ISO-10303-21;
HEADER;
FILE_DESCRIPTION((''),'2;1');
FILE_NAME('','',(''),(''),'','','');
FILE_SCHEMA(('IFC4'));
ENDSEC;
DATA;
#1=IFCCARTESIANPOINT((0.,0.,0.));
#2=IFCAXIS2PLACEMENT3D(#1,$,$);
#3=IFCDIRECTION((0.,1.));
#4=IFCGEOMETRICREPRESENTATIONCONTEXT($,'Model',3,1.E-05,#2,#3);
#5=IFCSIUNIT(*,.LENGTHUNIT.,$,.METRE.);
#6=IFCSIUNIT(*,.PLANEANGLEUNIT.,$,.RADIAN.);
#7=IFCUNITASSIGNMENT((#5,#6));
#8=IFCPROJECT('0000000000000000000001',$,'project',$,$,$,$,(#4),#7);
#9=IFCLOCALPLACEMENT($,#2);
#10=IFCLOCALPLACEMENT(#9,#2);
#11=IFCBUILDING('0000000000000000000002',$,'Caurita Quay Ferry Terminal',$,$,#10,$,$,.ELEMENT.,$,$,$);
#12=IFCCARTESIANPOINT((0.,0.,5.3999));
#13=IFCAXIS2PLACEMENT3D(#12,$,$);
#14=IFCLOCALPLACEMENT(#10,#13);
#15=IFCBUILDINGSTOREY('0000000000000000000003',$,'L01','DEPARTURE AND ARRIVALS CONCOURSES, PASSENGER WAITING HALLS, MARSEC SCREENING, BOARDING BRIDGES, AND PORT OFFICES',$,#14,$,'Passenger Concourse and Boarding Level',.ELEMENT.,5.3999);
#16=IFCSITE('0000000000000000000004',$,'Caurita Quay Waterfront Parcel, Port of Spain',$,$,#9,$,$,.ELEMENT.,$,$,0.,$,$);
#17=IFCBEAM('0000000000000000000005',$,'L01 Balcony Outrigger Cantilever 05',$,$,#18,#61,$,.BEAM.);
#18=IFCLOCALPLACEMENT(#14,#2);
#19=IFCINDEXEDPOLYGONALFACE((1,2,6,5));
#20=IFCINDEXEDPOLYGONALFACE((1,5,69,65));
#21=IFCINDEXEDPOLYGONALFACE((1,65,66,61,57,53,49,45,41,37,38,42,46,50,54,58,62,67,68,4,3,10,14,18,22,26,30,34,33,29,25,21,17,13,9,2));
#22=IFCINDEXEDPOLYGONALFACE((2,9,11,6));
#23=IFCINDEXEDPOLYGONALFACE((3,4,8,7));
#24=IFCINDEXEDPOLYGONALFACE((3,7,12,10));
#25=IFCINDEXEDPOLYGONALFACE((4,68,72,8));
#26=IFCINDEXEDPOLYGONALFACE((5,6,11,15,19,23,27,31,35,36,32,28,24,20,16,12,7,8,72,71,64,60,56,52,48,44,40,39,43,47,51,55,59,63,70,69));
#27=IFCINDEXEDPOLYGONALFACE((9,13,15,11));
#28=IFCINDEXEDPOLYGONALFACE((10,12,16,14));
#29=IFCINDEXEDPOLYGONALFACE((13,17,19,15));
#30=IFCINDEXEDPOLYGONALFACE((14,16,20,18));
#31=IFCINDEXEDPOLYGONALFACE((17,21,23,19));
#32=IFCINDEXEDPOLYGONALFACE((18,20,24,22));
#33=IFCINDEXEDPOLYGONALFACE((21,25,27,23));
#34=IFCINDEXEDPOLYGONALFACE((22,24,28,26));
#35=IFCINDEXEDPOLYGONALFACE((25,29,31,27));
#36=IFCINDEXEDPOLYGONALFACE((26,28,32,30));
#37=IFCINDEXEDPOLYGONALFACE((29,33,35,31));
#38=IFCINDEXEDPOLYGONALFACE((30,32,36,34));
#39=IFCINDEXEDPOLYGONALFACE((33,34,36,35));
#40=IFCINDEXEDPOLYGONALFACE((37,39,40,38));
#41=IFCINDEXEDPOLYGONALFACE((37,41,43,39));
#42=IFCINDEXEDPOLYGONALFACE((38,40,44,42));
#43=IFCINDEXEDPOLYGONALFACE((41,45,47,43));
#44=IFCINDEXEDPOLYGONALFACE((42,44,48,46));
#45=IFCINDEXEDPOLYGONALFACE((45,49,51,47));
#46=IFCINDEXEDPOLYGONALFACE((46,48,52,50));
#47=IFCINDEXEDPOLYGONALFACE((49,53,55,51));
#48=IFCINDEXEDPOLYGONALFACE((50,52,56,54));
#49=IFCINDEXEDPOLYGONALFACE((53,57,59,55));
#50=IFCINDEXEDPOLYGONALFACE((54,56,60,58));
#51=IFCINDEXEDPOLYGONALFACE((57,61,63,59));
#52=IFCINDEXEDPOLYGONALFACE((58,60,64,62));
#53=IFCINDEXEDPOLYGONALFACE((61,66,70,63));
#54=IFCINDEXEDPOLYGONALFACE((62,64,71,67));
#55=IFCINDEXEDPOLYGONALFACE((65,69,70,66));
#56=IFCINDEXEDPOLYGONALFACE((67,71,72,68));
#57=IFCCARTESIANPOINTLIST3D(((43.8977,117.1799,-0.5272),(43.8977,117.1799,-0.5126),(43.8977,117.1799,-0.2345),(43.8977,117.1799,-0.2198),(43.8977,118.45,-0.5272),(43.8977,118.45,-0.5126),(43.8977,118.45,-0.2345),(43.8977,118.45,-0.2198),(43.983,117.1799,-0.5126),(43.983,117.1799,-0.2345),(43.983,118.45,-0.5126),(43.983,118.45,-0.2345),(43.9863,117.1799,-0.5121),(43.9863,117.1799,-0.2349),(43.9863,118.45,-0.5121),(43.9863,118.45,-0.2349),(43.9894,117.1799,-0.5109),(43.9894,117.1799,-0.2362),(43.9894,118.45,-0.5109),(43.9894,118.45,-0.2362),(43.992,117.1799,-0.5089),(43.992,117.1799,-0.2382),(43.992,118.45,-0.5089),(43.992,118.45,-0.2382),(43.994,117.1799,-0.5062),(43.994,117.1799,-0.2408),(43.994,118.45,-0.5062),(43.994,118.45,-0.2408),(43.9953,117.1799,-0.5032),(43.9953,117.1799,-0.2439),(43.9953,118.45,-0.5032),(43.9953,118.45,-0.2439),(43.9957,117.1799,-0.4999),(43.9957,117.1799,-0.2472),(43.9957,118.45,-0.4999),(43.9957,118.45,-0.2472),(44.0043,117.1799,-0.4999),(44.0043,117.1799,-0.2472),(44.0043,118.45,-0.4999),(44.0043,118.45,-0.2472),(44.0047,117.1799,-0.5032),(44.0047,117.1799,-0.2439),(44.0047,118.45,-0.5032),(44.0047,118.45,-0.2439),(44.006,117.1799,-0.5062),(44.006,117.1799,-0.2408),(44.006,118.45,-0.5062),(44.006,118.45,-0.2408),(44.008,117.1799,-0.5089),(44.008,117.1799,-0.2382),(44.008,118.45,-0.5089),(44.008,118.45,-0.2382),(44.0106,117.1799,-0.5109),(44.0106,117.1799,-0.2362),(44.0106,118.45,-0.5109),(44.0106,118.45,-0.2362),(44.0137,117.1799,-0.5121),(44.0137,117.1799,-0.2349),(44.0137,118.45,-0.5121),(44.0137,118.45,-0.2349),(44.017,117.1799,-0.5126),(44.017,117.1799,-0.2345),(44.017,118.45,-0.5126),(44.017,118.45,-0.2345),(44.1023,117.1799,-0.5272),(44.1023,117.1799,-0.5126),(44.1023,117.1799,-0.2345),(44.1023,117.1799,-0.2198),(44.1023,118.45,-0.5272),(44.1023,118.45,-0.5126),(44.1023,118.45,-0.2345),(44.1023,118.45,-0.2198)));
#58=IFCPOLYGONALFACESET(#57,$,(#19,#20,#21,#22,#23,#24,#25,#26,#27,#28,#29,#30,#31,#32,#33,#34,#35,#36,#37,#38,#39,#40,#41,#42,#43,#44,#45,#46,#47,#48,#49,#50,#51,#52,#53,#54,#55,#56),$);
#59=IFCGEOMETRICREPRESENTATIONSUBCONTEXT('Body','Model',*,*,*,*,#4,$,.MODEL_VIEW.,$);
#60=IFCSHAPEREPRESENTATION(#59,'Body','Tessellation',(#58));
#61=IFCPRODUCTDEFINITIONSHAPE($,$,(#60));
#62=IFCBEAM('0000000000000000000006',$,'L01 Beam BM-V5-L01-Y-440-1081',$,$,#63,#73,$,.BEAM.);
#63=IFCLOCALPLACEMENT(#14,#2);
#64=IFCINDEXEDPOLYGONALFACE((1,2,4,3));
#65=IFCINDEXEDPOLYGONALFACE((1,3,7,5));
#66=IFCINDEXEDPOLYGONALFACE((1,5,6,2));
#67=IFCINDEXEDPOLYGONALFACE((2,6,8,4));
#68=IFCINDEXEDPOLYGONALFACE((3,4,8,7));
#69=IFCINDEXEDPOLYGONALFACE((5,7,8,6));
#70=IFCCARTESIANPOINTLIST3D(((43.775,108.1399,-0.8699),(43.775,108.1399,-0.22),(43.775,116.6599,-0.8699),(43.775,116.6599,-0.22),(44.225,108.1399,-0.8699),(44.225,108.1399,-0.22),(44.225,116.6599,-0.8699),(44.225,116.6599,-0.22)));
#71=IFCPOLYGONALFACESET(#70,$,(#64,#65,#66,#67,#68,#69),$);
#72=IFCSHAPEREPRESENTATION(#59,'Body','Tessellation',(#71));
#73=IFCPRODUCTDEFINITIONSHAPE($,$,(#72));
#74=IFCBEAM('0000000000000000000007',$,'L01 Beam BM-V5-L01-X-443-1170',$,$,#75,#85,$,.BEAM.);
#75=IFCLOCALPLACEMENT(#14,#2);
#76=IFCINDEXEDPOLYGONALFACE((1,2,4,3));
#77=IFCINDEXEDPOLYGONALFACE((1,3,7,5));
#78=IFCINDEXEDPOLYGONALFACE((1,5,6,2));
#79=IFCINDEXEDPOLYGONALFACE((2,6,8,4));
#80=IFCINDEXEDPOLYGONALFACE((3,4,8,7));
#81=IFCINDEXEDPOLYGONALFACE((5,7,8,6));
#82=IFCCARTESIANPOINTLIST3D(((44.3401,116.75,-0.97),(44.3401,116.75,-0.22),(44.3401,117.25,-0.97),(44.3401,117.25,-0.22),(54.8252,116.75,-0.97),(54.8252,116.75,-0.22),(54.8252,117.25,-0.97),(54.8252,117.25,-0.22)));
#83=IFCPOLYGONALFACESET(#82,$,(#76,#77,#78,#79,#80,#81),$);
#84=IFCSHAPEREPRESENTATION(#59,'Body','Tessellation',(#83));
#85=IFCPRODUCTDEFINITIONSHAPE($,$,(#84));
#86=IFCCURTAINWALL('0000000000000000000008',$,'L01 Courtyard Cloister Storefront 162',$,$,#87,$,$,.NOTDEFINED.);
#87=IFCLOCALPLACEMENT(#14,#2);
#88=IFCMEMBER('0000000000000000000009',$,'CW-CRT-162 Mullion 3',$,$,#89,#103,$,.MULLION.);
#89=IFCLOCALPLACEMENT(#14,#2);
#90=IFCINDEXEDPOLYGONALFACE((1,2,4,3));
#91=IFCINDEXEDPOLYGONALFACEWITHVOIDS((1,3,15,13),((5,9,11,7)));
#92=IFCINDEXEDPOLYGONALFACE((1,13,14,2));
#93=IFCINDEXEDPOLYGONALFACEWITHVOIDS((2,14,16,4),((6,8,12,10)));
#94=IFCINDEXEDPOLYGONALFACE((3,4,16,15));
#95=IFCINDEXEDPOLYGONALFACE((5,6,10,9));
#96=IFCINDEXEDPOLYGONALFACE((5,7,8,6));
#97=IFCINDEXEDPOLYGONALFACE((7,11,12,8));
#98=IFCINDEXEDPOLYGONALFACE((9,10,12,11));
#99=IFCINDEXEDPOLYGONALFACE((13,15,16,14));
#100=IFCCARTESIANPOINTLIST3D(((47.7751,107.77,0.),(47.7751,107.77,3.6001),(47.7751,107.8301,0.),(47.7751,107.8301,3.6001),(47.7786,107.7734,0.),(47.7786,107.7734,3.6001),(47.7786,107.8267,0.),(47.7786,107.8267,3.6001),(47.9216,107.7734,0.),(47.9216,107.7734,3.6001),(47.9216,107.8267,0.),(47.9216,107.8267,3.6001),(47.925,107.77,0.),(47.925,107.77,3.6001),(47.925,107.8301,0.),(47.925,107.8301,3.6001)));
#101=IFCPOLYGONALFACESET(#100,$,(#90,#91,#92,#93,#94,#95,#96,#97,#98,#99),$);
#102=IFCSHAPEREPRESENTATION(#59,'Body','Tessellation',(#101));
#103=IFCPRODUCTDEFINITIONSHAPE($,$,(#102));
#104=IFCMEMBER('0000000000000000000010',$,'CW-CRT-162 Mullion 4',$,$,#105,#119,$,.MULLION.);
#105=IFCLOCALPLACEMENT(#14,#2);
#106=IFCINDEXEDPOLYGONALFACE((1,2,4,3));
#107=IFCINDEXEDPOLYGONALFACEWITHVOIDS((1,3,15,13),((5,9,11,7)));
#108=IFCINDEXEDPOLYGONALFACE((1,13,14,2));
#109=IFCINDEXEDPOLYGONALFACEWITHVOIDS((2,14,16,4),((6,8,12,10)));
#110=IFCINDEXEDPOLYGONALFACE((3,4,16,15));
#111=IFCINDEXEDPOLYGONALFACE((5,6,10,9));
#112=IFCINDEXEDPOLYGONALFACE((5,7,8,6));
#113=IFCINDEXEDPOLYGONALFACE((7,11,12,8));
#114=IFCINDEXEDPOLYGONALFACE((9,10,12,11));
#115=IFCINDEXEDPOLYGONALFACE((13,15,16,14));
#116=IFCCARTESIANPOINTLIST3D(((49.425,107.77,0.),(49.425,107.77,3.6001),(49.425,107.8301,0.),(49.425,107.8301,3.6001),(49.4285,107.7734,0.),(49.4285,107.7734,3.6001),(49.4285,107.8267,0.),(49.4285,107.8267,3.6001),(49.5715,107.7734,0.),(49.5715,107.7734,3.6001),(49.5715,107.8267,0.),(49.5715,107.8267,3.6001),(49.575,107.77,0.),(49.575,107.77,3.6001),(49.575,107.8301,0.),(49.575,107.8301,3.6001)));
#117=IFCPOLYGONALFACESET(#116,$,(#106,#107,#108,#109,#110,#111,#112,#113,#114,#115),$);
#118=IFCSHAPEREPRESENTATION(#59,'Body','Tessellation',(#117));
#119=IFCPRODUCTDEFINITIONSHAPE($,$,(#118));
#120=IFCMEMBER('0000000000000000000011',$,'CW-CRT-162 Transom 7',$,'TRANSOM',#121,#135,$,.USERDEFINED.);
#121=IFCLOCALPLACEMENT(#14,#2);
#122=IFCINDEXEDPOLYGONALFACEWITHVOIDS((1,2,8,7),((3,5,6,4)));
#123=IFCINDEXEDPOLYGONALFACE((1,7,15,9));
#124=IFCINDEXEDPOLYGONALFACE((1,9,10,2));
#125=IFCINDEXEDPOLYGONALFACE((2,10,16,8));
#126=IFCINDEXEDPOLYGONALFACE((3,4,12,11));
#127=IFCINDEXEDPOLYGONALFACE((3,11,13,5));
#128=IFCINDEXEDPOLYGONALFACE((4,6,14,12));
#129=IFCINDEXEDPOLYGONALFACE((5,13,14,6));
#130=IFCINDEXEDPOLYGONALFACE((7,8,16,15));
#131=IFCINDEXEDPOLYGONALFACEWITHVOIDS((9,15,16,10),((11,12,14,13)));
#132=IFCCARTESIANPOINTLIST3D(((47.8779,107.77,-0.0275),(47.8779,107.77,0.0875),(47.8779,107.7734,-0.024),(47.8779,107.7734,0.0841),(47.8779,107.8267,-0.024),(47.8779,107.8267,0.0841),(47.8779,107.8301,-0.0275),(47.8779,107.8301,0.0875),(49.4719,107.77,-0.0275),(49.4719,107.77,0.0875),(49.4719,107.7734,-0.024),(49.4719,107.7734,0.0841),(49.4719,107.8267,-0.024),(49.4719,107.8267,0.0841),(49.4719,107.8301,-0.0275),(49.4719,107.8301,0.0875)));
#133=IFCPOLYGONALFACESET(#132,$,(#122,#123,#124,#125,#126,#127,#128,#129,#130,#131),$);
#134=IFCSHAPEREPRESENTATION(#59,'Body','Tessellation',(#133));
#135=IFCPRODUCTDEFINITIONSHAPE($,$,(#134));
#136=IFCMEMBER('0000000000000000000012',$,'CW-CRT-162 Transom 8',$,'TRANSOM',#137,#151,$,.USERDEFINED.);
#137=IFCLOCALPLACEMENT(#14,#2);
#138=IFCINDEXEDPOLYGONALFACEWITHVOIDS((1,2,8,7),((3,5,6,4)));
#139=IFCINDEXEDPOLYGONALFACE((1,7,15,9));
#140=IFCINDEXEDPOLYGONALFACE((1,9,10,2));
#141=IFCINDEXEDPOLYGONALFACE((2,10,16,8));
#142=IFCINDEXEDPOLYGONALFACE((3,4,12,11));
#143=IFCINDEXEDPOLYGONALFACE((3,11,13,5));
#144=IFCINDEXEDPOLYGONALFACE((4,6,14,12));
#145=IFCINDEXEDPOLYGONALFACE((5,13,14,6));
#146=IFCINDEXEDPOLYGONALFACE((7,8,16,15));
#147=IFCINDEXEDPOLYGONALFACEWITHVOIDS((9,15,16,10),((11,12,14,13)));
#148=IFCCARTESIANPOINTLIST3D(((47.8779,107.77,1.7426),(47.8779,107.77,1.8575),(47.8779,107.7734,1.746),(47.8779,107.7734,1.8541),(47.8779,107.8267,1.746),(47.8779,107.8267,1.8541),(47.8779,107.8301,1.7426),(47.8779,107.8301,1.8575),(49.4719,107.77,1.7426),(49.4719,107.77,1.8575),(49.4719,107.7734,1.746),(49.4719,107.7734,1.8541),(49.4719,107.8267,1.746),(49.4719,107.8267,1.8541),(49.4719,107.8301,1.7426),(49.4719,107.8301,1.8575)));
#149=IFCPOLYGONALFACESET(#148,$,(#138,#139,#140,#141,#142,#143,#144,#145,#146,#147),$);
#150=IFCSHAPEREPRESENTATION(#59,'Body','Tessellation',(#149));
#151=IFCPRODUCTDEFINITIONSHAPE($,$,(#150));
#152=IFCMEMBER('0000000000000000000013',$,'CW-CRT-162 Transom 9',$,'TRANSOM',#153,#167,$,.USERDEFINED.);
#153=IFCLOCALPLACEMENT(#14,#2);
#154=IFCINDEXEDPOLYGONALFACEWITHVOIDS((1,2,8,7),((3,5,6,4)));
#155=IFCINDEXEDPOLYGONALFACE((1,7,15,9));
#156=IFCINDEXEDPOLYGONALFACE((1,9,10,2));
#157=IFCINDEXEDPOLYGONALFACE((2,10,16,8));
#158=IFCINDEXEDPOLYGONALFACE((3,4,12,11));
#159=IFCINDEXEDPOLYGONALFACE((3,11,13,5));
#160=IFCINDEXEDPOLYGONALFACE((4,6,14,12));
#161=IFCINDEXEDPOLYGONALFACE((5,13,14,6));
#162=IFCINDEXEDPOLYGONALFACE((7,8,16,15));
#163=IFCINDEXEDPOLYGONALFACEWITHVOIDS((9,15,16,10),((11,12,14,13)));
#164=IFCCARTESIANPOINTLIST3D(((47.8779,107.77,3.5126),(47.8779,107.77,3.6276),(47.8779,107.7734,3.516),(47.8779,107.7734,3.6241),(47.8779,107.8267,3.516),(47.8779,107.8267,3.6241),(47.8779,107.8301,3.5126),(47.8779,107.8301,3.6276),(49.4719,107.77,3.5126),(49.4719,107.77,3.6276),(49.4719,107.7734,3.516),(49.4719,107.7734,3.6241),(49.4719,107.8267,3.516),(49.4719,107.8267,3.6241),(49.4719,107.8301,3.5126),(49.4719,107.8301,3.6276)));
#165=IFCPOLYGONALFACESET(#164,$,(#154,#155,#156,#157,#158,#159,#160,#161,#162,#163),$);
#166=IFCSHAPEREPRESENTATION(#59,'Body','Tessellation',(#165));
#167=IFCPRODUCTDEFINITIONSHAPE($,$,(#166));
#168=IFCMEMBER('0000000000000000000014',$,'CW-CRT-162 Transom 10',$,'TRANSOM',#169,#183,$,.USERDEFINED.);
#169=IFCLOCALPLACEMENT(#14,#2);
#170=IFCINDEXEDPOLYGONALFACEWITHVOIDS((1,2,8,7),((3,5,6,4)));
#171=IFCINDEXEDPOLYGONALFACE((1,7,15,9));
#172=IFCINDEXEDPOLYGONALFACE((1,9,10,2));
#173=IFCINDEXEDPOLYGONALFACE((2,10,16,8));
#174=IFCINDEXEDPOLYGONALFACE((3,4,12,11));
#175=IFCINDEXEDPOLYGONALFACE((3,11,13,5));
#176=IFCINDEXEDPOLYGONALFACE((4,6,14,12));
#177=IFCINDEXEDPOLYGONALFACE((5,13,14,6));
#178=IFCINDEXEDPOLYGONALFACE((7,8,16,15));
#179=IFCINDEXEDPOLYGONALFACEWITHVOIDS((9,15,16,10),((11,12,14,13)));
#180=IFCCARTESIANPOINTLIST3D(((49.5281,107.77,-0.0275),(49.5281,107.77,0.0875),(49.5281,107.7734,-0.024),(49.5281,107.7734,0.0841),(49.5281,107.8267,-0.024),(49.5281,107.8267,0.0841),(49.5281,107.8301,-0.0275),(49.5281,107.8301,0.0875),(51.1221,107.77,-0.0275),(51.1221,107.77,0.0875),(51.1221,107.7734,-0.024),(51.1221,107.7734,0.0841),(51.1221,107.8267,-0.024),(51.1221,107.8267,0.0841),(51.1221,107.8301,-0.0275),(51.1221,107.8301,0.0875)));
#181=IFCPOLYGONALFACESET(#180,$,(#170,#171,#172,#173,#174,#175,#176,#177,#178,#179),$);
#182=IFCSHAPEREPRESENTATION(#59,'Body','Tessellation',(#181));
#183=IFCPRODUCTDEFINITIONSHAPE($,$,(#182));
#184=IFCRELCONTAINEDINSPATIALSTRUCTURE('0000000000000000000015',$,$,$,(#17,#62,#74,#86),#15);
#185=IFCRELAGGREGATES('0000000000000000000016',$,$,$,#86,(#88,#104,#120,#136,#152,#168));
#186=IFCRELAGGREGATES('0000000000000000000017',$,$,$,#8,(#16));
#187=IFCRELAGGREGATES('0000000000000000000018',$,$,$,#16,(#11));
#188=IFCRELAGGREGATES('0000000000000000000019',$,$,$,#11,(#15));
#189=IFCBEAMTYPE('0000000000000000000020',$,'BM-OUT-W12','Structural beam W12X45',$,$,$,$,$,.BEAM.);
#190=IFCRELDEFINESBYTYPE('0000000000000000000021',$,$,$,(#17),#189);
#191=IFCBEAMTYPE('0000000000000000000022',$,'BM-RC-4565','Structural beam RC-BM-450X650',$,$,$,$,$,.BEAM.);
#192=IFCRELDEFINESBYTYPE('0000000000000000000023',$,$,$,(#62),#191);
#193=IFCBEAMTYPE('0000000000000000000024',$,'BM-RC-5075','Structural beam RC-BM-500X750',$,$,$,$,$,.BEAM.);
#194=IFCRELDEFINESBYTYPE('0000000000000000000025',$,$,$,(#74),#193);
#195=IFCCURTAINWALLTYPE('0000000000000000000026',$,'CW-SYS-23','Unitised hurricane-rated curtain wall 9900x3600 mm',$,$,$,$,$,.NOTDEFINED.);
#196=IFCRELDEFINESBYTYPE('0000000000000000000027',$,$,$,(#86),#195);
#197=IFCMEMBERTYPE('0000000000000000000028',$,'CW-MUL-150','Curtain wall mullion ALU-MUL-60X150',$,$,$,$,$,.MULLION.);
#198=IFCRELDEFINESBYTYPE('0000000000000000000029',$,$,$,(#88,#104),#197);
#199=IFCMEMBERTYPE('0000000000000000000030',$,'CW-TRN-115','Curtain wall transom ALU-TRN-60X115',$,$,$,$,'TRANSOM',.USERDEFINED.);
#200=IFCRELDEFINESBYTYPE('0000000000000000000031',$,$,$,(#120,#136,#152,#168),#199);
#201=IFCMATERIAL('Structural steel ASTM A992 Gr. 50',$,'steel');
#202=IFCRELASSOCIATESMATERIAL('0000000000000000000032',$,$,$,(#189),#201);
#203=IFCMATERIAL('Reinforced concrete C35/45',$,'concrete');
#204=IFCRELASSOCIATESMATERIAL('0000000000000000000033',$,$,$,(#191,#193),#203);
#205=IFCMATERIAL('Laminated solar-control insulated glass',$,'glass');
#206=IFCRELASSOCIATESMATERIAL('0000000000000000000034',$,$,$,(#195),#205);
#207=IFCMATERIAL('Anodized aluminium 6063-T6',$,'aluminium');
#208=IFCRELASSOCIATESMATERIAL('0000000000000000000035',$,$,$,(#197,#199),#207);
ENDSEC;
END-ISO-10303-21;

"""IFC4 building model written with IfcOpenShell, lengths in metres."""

from ifc_helpers import new_model, si_unit, direction, frame, origin, origin_2d, place, context, subcontext, project, spatial, rectangle, hollow_rectangle, i_section, extrude, material, material_profile, profile_set, type_object, element, aggregate, save


model = new_model("IFC4")

# Units and contexts
model_context = context("Model", 3, precision=1e-05, world=origin(), true_north=direction((0.0, 1.0)))
body_context = subcontext(model_context, "Body", "Model", "MODEL_VIEW")
ifc_project = project(units=[si_unit("LENGTHUNIT", "METRE"), si_unit("PLANEANGLEUNIT", "RADIAN")], contexts=[model_context])

# Site, building, storey
site_placement = place(None, origin())
site = spatial("IfcSite", under=ifc_project, at=site_placement, Name="Caurita Quay Waterfront Parcel, Port of Spain", CompositionType="ELEMENT", RefElevation=0.0)
building_placement = place(site_placement, origin())
building = spatial("IfcBuilding", under=site, at=building_placement, Name="Caurita Quay Ferry Terminal", CompositionType="ELEMENT")
storey_placement = place(building_placement, frame((0.0, 0.0, 5.3999)))
storey = spatial("IfcBuildingStorey", under=building, at=storey_placement, Name="L01", Description="DEPARTURE AND ARRIVALS CONCOURSES, PASSENGER WAITING HALLS, MARSEC SCREENING, BOARDING BRIDGES, AND PORT OFFICES", LongName="Passenger Concourse and Boarding Level", CompositionType="ELEMENT", Elevation=5.3999)

# Shared definitions
ifc_material_1 = material(Name="Reinforced concrete C35/45", Category="concrete")

# Beams
ifc_material_2 = material(Name="Structural steel ASTM A992 Gr. 50", Category="steel")
ifc_material_profile_1 = material_profile(ifc_material_2, i_section(OverallWidth=0.2046, OverallDepth=0.3074, WebThickness=0.0085, FlangeThickness=0.0146, FilletRadius=0.0127, at=origin_2d()), Name="W12X45")
ifc_profile_set_1 = profile_set([ifc_material_profile_1], Name="Structural steel ASTM A992 Gr. 50")
beam_type_1 = type_object("IfcBeamType", Name="BM-OUT-W12", Description="Structural beam W12X45", PredefinedType="BEAM", material=ifc_profile_set_1)
beam_1_placement = place(storey_placement, frame((44.0, 117.1799, -0.3735), z_axis=(0.0, 1.0, 0.0), x_axis=(-1.0, 0.0, 0.0)))
element("IfcBeam", 1, at=beam_1_placement, inside=storey, type_object=beam_type_1, Name="L01 Balcony Outrigger Cantilever 05", PredefinedType="BEAM", context=body_context, shape_type="SweptSolid", body=[
    extrude(i_section(OverallWidth=0.2046, OverallDepth=0.3074, WebThickness=0.0085, FlangeThickness=0.0146, FilletRadius=0.0127, at=origin_2d()), origin(), (0.0, 0.0, 1.0), 1.27),
])
ifc_material_profile_2 = material_profile(ifc_material_1, rectangle(XDim=0.45, YDim=0.6499, at=origin_2d()), Name="RC-BM-450X650")
ifc_profile_set_2 = profile_set([ifc_material_profile_2], Name="Reinforced concrete C35/45")
beam_type_2 = type_object("IfcBeamType", Name="BM-RC-4565", Description="Structural beam RC-BM-450X650", PredefinedType="BEAM", material=ifc_profile_set_2)
beam_2_placement = place(storey_placement, frame((44.0, 108.1399, -0.5449), z_axis=(0.0, 1.0, 0.0), x_axis=(-1.0, 0.0, 0.0)))
element("IfcBeam", 2, at=beam_2_placement, inside=storey, type_object=beam_type_2, Name="L01 Beam BM-V5-L01-Y-440-1081", PredefinedType="BEAM", context=body_context, shape_type="SweptSolid", body=[
    extrude(rectangle(XDim=0.45, YDim=0.6499, at=origin_2d()), origin(), (0.0, 0.0, 1.0), 8.52),
])
ifc_material_profile_3 = material_profile(ifc_material_1, rectangle(XDim=0.5, YDim=0.75, at=origin_2d()), Name="RC-BM-500X750")
ifc_profile_set_3 = profile_set([ifc_material_profile_3], Name="Reinforced concrete C35/45")
beam_type_3 = type_object("IfcBeamType", Name="BM-RC-5075", Description="Structural beam RC-BM-500X750", PredefinedType="BEAM", material=ifc_profile_set_3)
beam_3_placement = place(storey_placement, frame((44.3401, 117.0, -0.595), z_axis=(1.0, 0.0, 0.0), x_axis=(0.0, 1.0, 0.0)))
element("IfcBeam", 3, at=beam_3_placement, inside=storey, type_object=beam_type_3, Name="L01 Beam BM-V5-L01-X-443-1170", PredefinedType="BEAM", context=body_context, shape_type="SweptSolid", body=[
    extrude(rectangle(XDim=0.5, YDim=0.75, at=origin_2d()), origin(), (0.0, 0.0, 1.0), 10.4851),
])

# Curtain wall, members
ifc_material_3 = material(Name="Laminated solar-control insulated glass", Category="glass")
curtain_wall_type = type_object("IfcCurtainWallType", Name="CW-SYS-23", Description="Unitised hurricane-rated curtain wall 9900x3600 mm", PredefinedType="NOTDEFINED", material=ifc_material_3)
curtain_wall_placement = place(storey_placement, origin())
curtain_wall = element("IfcCurtainWall", 4, at=curtain_wall_placement, inside=storey, type_object=curtain_wall_type, Name="L01 Courtyard Cloister Storefront 162", PredefinedType="NOTDEFINED")
ifc_material_4 = material(Name="Anodized aluminium 6063-T6", Category="aluminium")
ifc_material_profile_4 = material_profile(ifc_material_4, hollow_rectangle(XDim=0.0601, YDim=0.1499, WallThickness=0.0034, at=origin_2d()), Name="ALU-MUL-60X150")
ifc_profile_set_4 = profile_set([ifc_material_profile_4], Name="Anodized aluminium 6063-T6")
member_type_1 = type_object("IfcMemberType", Name="CW-MUL-150", Description="Curtain wall mullion ALU-MUL-60X150", PredefinedType="MULLION", material=ifc_profile_set_4)
member_1_placement = place(storey_placement, frame((47.8501, 107.8, 0.0), z_axis=(0.0, 0.0, 1.0), x_axis=(0.0, 1.0, 0.0)))
member_1 = element("IfcMember", 5, at=member_1_placement, type_object=member_type_1, Name="CW-CRT-162 Mullion 3", PredefinedType="MULLION", context=body_context, shape_type="SweptSolid", body=[
    extrude(hollow_rectangle(XDim=0.0601, YDim=0.1499, WallThickness=0.0034, at=origin_2d()), origin(), (0.0, 0.0, 1.0), 3.6001),
])
member_2_placement = place(storey_placement, frame((49.5, 107.8, 0.0), z_axis=(0.0, 0.0, 1.0), x_axis=(0.0, 1.0, 0.0)))
member_2 = element("IfcMember", 6, at=member_2_placement, type_object=member_type_1, Name="CW-CRT-162 Mullion 4", PredefinedType="MULLION", context=body_context, shape_type="SweptSolid", body=[
    extrude(hollow_rectangle(XDim=0.0601, YDim=0.1499, WallThickness=0.0034, at=origin_2d()), origin(), (0.0, 0.0, 1.0), 3.6001),
])
ifc_material_profile_5 = material_profile(ifc_material_4, hollow_rectangle(XDim=0.0601, YDim=0.115, WallThickness=0.0034, at=origin_2d()), Name="ALU-TRN-60X115")
ifc_profile_set_5 = profile_set([ifc_material_profile_5], Name="Anodized aluminium 6063-T6")
member_type_2 = type_object("IfcMemberType", Name="CW-TRN-115", Description="Curtain wall transom ALU-TRN-60X115", ElementType="TRANSOM", PredefinedType="USERDEFINED", material=ifc_profile_set_5)
member_3_placement = place(storey_placement, frame((47.8779, 107.8, 0.03), z_axis=(1.0, 0.0, 0.0), x_axis=(0.0, 1.0, 0.0)))
member_3 = element("IfcMember", 7, at=member_3_placement, type_object=member_type_2, Name="CW-CRT-162 Transom 7", ObjectType="TRANSOM", PredefinedType="USERDEFINED", context=body_context, shape_type="SweptSolid", body=[
    extrude(hollow_rectangle(XDim=0.0601, YDim=0.115, WallThickness=0.0034, at=origin_2d()), origin(), (0.0, 0.0, 1.0), 1.594),
])
member_4_placement = place(storey_placement, frame((47.8779, 107.8, 1.8), z_axis=(1.0, 0.0, 0.0), x_axis=(0.0, 1.0, 0.0)))
member_4 = element("IfcMember", 8, at=member_4_placement, type_object=member_type_2, Name="CW-CRT-162 Transom 8", ObjectType="TRANSOM", PredefinedType="USERDEFINED", context=body_context, shape_type="SweptSolid", body=[
    extrude(hollow_rectangle(XDim=0.0601, YDim=0.115, WallThickness=0.0034, at=origin_2d()), origin(), (0.0, 0.0, 1.0), 1.594),
])
member_5_placement = place(storey_placement, frame((47.8779, 107.8, 3.5701), z_axis=(1.0, 0.0, 0.0), x_axis=(0.0, 1.0, 0.0)))
member_5 = element("IfcMember", 9, at=member_5_placement, type_object=member_type_2, Name="CW-CRT-162 Transom 9", ObjectType="TRANSOM", PredefinedType="USERDEFINED", context=body_context, shape_type="SweptSolid", body=[
    extrude(hollow_rectangle(XDim=0.0601, YDim=0.115, WallThickness=0.0034, at=origin_2d()), origin(), (0.0, 0.0, 1.0), 1.594),
])
member_6_placement = place(storey_placement, frame((49.5281, 107.8, 0.03), z_axis=(1.0, 0.0, 0.0), x_axis=(0.0, 1.0, 0.0)))
member_6 = element("IfcMember", 10, at=member_6_placement, type_object=member_type_2, Name="CW-CRT-162 Transom 10", ObjectType="TRANSOM", PredefinedType="USERDEFINED", context=body_context, shape_type="SweptSolid", body=[
    extrude(hollow_rectangle(XDim=0.0601, YDim=0.115, WallThickness=0.0034, at=origin_2d()), origin(), (0.0, 0.0, 1.0), 1.594),
])
aggregate(curtain_wall, [member_1, member_2, member_3, member_4, member_5, member_6])

save(model, "model.ifc")
